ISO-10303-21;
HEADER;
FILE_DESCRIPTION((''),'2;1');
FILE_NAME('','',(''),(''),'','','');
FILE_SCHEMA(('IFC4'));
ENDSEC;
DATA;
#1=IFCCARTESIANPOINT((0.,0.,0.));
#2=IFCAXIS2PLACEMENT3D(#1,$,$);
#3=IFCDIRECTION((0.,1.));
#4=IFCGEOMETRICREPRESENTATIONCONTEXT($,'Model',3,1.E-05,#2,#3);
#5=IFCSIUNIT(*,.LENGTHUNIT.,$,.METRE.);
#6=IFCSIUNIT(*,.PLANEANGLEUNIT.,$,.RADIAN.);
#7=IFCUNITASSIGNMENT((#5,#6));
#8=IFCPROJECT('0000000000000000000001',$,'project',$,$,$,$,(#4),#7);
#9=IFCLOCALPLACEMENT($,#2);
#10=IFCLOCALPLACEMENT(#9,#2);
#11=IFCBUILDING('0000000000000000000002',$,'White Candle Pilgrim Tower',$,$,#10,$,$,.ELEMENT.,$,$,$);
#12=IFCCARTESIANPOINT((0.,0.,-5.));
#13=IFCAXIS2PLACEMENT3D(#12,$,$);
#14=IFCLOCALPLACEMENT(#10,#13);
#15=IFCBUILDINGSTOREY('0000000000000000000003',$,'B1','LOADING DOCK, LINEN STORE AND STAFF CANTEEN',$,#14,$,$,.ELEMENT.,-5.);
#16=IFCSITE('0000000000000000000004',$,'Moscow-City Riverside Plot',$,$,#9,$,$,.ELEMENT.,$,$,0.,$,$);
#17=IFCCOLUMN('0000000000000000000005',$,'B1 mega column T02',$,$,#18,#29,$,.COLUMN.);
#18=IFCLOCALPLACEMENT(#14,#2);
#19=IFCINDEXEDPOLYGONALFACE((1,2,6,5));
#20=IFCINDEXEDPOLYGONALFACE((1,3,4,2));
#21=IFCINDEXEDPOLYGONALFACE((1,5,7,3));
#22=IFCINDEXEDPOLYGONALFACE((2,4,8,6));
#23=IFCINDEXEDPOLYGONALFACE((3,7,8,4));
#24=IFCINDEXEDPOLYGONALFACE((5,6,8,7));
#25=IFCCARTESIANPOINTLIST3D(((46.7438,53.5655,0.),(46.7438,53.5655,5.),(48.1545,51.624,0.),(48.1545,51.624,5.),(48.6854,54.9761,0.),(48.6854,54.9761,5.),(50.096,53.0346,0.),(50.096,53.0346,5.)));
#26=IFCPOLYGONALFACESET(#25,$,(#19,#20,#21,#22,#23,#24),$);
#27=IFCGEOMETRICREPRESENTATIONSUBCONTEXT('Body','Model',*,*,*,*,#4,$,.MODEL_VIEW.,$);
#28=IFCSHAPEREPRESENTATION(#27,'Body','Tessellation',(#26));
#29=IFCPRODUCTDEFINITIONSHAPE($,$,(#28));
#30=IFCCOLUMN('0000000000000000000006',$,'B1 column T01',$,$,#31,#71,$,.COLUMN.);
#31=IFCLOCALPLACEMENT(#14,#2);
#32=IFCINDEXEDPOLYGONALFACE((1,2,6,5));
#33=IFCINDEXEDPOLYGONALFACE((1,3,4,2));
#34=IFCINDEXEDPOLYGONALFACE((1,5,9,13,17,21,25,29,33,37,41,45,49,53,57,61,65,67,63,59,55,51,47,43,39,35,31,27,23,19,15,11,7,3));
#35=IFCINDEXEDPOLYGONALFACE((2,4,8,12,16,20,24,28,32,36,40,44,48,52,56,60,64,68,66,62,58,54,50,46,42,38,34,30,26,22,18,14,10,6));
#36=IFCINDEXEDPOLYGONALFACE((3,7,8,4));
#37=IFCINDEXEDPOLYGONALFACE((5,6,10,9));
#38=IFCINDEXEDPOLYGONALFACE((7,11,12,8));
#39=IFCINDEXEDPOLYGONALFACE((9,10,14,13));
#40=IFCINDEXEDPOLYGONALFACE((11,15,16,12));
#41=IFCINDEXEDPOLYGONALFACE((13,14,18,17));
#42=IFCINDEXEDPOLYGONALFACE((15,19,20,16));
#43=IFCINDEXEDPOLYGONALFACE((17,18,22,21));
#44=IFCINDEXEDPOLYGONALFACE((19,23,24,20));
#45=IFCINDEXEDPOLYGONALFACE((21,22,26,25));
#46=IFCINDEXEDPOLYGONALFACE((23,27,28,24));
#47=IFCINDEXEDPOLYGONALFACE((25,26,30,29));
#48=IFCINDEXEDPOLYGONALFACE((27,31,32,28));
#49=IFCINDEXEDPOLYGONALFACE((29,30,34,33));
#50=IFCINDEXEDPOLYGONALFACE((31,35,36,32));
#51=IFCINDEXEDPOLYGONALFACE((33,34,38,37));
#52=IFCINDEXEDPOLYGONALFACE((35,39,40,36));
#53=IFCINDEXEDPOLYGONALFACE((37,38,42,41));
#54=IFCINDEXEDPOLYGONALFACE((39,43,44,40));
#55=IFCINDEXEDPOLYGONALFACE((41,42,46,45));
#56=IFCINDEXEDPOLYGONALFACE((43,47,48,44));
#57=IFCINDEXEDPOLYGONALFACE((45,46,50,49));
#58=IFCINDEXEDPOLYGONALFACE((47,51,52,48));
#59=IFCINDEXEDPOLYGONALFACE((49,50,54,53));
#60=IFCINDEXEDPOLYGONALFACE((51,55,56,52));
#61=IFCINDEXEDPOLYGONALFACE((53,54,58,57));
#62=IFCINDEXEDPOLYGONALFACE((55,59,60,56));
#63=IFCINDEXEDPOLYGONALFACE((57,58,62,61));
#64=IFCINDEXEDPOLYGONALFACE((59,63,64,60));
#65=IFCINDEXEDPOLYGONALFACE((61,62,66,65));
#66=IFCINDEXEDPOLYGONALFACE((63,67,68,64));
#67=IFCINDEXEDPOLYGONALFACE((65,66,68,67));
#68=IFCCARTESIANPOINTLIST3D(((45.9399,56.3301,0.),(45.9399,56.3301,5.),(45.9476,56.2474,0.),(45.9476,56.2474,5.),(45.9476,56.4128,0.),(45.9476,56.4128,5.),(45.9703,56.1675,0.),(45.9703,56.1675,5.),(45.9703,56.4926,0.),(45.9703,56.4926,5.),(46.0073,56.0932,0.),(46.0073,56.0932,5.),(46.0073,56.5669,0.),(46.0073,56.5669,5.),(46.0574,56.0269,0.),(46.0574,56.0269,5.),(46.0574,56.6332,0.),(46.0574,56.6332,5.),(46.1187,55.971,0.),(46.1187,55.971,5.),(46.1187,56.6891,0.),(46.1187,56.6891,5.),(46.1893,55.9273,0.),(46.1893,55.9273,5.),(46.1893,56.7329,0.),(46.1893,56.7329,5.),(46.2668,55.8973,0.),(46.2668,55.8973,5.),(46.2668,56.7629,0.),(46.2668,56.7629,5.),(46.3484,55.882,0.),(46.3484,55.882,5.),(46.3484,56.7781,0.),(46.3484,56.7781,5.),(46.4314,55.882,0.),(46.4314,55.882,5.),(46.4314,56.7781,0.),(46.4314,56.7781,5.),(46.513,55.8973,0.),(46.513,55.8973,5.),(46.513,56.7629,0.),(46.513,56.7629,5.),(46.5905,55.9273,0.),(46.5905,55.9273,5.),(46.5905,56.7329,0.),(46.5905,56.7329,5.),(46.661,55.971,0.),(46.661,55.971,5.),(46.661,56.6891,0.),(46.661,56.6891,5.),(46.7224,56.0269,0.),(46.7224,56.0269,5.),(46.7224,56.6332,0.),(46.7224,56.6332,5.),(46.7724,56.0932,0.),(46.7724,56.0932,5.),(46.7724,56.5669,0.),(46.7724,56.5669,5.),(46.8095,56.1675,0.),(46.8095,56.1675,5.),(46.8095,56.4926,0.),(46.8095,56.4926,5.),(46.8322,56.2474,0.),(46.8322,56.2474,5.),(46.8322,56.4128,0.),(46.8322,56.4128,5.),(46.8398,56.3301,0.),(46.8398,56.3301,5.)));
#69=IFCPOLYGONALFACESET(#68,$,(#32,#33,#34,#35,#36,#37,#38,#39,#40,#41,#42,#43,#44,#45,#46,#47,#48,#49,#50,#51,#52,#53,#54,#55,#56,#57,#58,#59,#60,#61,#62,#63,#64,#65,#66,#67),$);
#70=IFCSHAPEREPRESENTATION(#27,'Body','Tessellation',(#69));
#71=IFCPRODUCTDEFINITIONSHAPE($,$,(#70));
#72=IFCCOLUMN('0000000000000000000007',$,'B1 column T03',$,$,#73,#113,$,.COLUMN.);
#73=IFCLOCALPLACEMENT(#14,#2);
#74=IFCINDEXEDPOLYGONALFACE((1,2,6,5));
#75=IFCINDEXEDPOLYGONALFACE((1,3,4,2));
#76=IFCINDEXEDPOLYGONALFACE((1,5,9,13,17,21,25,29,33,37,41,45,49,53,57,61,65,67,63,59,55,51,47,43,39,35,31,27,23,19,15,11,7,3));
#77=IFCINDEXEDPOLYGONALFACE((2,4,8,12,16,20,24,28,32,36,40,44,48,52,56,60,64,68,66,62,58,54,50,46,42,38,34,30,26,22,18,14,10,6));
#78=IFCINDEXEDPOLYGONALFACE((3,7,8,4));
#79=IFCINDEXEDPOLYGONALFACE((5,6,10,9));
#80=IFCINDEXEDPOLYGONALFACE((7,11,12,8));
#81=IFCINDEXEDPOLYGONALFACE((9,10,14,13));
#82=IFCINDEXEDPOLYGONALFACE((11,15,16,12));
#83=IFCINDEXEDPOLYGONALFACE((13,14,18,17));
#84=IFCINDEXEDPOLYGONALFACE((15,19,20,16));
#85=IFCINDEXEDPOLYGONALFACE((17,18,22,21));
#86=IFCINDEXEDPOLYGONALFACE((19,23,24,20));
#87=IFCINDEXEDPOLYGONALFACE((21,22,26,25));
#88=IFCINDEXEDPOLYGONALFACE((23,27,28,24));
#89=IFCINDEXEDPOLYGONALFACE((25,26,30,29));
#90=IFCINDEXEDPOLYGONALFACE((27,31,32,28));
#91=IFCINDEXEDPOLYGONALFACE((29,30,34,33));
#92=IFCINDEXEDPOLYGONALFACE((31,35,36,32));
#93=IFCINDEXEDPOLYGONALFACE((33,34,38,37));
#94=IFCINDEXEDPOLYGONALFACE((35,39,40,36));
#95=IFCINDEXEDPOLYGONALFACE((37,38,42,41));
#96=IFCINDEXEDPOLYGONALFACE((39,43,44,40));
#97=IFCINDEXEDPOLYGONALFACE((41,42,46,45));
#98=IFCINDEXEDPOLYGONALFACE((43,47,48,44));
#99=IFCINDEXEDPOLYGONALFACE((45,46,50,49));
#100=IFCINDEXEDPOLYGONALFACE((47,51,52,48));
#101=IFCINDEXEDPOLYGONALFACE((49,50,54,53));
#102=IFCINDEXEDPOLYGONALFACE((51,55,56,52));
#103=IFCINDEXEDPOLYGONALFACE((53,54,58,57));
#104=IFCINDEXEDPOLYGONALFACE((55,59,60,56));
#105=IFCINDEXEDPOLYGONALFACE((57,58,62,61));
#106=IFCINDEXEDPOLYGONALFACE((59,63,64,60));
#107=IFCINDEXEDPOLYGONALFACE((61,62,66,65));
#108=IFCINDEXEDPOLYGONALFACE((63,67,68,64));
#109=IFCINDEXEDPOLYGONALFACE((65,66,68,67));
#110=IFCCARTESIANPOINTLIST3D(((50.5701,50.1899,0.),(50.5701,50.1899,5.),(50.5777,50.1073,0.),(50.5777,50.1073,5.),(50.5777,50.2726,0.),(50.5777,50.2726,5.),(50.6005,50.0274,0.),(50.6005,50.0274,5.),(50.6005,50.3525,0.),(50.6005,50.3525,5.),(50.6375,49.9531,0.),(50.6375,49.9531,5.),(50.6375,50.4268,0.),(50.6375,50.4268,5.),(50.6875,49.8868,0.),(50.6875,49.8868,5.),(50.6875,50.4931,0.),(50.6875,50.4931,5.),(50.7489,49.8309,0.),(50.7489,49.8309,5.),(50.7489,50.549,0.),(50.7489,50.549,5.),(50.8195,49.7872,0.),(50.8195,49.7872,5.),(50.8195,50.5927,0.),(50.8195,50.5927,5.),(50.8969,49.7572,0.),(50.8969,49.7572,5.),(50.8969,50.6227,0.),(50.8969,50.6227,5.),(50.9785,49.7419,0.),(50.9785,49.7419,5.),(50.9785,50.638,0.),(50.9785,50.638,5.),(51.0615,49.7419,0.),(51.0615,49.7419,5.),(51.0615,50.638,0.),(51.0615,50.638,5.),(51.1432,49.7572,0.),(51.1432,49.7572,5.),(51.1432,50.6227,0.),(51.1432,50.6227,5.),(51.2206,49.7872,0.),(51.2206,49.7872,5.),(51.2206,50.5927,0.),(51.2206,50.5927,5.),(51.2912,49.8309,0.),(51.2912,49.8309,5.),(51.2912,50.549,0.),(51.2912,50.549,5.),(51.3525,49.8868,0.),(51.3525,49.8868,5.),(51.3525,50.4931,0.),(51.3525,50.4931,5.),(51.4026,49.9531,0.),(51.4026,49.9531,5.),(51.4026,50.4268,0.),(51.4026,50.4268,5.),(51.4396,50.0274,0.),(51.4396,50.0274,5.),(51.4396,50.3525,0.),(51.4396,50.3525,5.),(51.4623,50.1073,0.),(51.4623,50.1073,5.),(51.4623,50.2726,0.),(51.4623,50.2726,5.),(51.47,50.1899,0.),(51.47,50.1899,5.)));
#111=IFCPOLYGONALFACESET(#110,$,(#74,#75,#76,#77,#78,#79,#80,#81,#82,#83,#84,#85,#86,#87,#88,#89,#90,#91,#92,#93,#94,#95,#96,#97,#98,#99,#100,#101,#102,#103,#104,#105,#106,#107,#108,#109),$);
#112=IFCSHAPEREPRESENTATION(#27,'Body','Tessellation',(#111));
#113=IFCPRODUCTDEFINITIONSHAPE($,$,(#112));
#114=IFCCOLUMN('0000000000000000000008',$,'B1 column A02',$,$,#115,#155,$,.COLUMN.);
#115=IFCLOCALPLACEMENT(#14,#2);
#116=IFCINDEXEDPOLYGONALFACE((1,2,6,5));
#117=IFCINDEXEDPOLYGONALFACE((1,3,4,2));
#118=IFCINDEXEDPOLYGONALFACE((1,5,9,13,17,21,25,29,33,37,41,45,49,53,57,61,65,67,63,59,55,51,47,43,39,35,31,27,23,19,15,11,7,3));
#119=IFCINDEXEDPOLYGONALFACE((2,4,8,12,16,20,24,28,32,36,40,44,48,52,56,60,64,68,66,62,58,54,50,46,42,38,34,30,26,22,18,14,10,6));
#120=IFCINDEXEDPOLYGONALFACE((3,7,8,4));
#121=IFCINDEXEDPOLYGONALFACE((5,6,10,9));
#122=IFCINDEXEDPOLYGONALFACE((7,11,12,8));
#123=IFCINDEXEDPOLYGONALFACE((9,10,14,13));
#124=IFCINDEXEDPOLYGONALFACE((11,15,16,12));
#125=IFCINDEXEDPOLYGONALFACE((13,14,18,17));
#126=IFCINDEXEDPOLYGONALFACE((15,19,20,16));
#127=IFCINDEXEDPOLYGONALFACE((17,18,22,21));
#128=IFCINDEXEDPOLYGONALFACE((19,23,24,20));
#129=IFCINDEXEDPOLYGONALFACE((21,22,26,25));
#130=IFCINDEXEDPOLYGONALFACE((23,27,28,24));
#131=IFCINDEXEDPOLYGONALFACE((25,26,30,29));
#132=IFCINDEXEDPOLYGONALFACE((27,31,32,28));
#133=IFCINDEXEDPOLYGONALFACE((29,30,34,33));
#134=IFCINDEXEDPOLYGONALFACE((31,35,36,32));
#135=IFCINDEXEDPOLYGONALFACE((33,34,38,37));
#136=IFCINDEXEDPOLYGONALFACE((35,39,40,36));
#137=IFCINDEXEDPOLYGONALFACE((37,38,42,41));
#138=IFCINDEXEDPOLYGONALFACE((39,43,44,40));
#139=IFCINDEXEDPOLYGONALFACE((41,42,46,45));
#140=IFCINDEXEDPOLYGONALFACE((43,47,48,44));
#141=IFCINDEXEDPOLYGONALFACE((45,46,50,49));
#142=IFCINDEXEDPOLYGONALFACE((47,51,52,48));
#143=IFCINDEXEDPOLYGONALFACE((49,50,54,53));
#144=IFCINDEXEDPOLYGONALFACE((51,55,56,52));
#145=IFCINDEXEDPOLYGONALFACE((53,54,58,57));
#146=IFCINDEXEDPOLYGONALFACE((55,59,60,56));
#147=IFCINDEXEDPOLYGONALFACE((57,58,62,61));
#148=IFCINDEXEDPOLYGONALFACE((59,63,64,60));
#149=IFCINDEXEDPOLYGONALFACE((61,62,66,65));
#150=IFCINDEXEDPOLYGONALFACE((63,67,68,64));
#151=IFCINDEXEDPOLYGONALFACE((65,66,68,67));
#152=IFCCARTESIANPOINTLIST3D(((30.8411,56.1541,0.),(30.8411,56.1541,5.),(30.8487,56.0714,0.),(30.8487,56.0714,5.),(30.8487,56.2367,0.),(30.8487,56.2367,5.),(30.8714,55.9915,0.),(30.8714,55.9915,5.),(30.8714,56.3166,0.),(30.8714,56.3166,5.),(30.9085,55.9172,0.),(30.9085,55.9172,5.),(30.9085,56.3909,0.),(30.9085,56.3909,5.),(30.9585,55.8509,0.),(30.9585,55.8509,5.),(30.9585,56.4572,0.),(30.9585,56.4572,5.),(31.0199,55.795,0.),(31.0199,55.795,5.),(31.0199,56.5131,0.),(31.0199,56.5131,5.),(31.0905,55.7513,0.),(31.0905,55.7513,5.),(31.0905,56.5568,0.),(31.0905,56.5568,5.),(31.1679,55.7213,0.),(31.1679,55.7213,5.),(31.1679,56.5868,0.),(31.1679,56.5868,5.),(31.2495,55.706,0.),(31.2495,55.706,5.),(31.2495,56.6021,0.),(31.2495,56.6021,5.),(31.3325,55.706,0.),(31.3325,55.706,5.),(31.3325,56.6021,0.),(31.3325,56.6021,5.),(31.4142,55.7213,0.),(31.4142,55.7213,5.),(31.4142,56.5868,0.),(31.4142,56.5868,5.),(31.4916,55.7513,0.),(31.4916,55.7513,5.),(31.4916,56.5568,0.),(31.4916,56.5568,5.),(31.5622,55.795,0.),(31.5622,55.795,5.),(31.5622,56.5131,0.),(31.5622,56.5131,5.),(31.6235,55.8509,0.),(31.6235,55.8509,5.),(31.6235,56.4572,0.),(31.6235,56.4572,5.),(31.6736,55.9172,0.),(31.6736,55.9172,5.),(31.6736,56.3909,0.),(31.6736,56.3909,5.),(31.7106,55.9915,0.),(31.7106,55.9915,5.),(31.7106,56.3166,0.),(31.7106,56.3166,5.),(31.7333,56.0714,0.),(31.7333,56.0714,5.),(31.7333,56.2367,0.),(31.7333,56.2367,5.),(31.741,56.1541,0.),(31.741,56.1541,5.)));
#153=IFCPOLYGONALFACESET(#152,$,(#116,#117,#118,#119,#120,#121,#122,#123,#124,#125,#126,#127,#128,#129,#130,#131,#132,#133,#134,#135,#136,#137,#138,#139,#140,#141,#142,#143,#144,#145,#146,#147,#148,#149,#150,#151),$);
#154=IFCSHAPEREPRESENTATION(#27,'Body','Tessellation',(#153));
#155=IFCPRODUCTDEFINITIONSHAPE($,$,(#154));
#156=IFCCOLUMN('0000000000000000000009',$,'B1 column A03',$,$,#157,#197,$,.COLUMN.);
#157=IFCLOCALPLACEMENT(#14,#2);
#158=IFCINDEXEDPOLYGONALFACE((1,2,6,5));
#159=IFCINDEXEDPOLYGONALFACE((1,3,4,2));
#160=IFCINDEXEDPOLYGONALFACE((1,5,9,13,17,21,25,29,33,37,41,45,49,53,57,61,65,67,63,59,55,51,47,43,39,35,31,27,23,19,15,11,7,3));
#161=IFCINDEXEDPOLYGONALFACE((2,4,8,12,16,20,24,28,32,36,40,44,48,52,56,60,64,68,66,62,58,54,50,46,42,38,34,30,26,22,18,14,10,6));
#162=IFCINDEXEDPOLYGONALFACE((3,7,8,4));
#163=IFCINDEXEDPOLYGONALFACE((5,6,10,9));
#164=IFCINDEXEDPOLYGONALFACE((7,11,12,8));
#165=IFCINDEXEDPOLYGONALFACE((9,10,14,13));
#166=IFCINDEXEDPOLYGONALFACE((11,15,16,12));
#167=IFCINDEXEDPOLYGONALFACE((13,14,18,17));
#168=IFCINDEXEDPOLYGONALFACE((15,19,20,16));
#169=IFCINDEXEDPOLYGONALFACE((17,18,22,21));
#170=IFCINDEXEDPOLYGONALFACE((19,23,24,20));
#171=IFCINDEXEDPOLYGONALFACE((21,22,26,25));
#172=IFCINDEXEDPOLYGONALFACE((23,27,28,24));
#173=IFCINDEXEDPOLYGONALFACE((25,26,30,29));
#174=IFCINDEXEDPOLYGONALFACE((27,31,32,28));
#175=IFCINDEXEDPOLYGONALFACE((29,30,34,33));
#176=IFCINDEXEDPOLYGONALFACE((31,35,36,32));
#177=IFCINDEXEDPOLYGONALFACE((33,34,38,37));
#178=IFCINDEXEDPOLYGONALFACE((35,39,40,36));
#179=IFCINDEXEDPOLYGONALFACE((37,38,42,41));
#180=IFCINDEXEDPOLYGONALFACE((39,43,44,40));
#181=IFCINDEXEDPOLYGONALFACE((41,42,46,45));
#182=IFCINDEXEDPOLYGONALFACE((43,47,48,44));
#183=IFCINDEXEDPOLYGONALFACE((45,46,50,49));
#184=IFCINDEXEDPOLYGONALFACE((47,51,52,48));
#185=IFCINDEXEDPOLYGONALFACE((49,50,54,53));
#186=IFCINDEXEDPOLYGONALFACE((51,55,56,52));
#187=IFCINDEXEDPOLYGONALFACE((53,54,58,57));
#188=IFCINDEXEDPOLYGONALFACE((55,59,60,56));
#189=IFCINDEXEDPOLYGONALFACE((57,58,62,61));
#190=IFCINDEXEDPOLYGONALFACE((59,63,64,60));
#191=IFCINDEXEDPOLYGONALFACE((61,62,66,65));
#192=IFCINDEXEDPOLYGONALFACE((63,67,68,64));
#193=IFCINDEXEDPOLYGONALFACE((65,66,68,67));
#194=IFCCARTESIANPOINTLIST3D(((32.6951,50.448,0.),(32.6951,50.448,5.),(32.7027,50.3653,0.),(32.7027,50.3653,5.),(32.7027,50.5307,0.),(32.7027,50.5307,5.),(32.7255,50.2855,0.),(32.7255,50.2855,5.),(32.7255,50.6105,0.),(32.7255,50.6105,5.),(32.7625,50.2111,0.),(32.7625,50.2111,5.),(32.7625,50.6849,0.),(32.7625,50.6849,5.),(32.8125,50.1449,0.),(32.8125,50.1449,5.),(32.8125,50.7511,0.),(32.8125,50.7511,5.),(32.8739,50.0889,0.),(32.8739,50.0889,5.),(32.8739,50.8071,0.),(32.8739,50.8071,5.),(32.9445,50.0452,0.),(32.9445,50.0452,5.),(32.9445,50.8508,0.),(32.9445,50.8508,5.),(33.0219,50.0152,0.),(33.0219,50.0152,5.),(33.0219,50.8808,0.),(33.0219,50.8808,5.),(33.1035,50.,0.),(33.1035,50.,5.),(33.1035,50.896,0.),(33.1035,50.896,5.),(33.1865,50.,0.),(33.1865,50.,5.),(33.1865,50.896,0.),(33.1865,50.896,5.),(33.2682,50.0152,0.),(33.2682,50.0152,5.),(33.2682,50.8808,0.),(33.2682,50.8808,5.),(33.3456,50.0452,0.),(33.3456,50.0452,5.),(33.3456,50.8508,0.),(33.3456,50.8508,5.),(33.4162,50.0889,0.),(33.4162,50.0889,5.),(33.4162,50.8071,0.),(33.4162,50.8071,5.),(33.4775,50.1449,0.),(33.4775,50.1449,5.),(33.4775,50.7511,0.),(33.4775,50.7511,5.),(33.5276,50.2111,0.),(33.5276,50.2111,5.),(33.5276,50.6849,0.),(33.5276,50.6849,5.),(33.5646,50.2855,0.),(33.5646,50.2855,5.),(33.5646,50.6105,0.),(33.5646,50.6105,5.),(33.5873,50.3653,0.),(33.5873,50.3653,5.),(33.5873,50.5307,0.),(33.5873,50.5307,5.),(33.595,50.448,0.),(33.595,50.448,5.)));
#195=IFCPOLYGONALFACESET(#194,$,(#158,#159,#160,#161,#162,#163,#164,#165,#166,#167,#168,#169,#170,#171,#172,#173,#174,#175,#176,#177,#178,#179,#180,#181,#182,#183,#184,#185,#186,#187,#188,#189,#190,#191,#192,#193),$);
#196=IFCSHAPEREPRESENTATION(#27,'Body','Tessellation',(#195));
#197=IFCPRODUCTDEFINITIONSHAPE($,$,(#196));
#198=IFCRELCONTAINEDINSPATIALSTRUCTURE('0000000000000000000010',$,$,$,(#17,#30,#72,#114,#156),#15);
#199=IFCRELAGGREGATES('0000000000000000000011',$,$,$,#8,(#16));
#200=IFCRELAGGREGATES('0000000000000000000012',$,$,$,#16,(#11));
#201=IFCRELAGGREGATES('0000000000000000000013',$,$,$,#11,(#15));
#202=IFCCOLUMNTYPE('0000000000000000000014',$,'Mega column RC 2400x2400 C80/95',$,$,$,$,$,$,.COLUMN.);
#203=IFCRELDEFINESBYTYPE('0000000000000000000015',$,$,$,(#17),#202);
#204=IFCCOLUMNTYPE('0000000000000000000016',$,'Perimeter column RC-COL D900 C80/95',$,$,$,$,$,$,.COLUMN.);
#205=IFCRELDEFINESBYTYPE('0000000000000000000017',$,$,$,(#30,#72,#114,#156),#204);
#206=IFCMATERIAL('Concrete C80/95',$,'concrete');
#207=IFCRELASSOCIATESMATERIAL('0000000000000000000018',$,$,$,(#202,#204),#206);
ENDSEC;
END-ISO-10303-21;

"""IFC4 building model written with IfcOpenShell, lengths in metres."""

from ifc_helpers import new_model, si_unit, direction, frame, origin, origin_2d, place, context, subcontext, project, spatial, rectangle, circle, extrude, material, material_profile, profile_set, type_object, element, save


model = new_model("IFC4")

# Units and contexts
model_context = context("Model", 3, precision=1e-05, world=origin(), true_north=direction((0.0, 1.0)))
body_context = subcontext(model_context, "Body", "Model", "MODEL_VIEW")
ifc_project = project(units=[si_unit("LENGTHUNIT", "METRE"), si_unit("PLANEANGLEUNIT", "RADIAN")], contexts=[model_context])

# Site, building, storey
site_placement = place(None, origin())
site = spatial("IfcSite", under=ifc_project, at=site_placement, Name="Moscow-City Riverside Plot", CompositionType="ELEMENT", RefElevation=0.0)
building_placement = place(site_placement, origin())
building = spatial("IfcBuilding", under=site, at=building_placement, Name="White Candle Pilgrim Tower", CompositionType="ELEMENT")
storey_placement = place(building_placement, frame((0.0, 0.0, -5.0)))
storey = spatial("IfcBuildingStorey", under=building, at=storey_placement, Name="B1", Description="LOADING DOCK, LINEN STORE AND STAFF CANTEEN", CompositionType="ELEMENT", Elevation=-5.0)

# Columns
ifc_material_1 = material(Name="Concrete C80/95", Category="concrete")
ifc_material_profile_1 = material_profile(ifc_material_1, rectangle(XDim=2.3999, YDim=2.3999, at=origin_2d()), Name="RC 2400x2400")
ifc_profile_set_1 = profile_set([ifc_material_profile_1], Name="Concrete C80/95")
column_type_1 = type_object("IfcColumnType", Name="Mega column RC 2400x2400 C80/95", PredefinedType="COLUMN", material=ifc_profile_set_1)
column_placement = place(storey_placement, frame((48.4199, 53.3, 0.0), z_axis=(0.0, 0.0, 1.0), x_axis=(-0.809017, -0.587785, 0.0)))
element("IfcColumn", 1, at=column_placement, inside=storey, type_object=column_type_1, Name="B1 mega column T02", PredefinedType="COLUMN", context=body_context, shape_type="SweptSolid", body=[
    extrude(rectangle(XDim=2.3999, YDim=2.3999, at=origin_2d()), origin(), (0.0, 0.0, 1.0), 5.0),
])
ifc_material_profile_2 = material_profile(ifc_material_1, circle(Radius=0.45, at=origin_2d()), Name="RC-COL D900")
ifc_profile_set_2 = profile_set([ifc_material_profile_2], Name="Concrete C80/95")
column_type_2 = type_object("IfcColumnType", Name="Perimeter column RC-COL D900 C80/95", PredefinedType="COLUMN", material=ifc_profile_set_2)
for number, where, z_axis, x_axis, name in (
    (2, (46.3899, 56.3301, 0.0), (0.0, 0.0, 1.0), (1.0, 0.0, 0.0), "B1 column T01"),
    (3, (51.02, 50.1899, 0.0), (0.0, 0.0, 1.0), (1.0, 0.0, 0.0), "B1 column T03"),
    (4, (31.291, 56.1541, 0.0), (0.0, 0.0, 1.0), (1.0, 0.0, 0.0), "B1 column A02"),
    (5, (33.145, 50.448, 0.0), (0.0, 0.0, 1.0), (1.0, 0.0, 0.0), "B1 column A03"),
):
    element("IfcColumn", number, at=place(storey_placement, frame(where, z_axis=z_axis, x_axis=x_axis)), inside=storey, type_object=column_type_2, Name=name, PredefinedType="COLUMN", context=body_context, shape_type="SweptSolid", body=[
        extrude(circle(Radius=0.45, at=origin_2d()), origin(), (0.0, 0.0, 1.0), 5.0),
    ])

save(model, "model.ifc")
